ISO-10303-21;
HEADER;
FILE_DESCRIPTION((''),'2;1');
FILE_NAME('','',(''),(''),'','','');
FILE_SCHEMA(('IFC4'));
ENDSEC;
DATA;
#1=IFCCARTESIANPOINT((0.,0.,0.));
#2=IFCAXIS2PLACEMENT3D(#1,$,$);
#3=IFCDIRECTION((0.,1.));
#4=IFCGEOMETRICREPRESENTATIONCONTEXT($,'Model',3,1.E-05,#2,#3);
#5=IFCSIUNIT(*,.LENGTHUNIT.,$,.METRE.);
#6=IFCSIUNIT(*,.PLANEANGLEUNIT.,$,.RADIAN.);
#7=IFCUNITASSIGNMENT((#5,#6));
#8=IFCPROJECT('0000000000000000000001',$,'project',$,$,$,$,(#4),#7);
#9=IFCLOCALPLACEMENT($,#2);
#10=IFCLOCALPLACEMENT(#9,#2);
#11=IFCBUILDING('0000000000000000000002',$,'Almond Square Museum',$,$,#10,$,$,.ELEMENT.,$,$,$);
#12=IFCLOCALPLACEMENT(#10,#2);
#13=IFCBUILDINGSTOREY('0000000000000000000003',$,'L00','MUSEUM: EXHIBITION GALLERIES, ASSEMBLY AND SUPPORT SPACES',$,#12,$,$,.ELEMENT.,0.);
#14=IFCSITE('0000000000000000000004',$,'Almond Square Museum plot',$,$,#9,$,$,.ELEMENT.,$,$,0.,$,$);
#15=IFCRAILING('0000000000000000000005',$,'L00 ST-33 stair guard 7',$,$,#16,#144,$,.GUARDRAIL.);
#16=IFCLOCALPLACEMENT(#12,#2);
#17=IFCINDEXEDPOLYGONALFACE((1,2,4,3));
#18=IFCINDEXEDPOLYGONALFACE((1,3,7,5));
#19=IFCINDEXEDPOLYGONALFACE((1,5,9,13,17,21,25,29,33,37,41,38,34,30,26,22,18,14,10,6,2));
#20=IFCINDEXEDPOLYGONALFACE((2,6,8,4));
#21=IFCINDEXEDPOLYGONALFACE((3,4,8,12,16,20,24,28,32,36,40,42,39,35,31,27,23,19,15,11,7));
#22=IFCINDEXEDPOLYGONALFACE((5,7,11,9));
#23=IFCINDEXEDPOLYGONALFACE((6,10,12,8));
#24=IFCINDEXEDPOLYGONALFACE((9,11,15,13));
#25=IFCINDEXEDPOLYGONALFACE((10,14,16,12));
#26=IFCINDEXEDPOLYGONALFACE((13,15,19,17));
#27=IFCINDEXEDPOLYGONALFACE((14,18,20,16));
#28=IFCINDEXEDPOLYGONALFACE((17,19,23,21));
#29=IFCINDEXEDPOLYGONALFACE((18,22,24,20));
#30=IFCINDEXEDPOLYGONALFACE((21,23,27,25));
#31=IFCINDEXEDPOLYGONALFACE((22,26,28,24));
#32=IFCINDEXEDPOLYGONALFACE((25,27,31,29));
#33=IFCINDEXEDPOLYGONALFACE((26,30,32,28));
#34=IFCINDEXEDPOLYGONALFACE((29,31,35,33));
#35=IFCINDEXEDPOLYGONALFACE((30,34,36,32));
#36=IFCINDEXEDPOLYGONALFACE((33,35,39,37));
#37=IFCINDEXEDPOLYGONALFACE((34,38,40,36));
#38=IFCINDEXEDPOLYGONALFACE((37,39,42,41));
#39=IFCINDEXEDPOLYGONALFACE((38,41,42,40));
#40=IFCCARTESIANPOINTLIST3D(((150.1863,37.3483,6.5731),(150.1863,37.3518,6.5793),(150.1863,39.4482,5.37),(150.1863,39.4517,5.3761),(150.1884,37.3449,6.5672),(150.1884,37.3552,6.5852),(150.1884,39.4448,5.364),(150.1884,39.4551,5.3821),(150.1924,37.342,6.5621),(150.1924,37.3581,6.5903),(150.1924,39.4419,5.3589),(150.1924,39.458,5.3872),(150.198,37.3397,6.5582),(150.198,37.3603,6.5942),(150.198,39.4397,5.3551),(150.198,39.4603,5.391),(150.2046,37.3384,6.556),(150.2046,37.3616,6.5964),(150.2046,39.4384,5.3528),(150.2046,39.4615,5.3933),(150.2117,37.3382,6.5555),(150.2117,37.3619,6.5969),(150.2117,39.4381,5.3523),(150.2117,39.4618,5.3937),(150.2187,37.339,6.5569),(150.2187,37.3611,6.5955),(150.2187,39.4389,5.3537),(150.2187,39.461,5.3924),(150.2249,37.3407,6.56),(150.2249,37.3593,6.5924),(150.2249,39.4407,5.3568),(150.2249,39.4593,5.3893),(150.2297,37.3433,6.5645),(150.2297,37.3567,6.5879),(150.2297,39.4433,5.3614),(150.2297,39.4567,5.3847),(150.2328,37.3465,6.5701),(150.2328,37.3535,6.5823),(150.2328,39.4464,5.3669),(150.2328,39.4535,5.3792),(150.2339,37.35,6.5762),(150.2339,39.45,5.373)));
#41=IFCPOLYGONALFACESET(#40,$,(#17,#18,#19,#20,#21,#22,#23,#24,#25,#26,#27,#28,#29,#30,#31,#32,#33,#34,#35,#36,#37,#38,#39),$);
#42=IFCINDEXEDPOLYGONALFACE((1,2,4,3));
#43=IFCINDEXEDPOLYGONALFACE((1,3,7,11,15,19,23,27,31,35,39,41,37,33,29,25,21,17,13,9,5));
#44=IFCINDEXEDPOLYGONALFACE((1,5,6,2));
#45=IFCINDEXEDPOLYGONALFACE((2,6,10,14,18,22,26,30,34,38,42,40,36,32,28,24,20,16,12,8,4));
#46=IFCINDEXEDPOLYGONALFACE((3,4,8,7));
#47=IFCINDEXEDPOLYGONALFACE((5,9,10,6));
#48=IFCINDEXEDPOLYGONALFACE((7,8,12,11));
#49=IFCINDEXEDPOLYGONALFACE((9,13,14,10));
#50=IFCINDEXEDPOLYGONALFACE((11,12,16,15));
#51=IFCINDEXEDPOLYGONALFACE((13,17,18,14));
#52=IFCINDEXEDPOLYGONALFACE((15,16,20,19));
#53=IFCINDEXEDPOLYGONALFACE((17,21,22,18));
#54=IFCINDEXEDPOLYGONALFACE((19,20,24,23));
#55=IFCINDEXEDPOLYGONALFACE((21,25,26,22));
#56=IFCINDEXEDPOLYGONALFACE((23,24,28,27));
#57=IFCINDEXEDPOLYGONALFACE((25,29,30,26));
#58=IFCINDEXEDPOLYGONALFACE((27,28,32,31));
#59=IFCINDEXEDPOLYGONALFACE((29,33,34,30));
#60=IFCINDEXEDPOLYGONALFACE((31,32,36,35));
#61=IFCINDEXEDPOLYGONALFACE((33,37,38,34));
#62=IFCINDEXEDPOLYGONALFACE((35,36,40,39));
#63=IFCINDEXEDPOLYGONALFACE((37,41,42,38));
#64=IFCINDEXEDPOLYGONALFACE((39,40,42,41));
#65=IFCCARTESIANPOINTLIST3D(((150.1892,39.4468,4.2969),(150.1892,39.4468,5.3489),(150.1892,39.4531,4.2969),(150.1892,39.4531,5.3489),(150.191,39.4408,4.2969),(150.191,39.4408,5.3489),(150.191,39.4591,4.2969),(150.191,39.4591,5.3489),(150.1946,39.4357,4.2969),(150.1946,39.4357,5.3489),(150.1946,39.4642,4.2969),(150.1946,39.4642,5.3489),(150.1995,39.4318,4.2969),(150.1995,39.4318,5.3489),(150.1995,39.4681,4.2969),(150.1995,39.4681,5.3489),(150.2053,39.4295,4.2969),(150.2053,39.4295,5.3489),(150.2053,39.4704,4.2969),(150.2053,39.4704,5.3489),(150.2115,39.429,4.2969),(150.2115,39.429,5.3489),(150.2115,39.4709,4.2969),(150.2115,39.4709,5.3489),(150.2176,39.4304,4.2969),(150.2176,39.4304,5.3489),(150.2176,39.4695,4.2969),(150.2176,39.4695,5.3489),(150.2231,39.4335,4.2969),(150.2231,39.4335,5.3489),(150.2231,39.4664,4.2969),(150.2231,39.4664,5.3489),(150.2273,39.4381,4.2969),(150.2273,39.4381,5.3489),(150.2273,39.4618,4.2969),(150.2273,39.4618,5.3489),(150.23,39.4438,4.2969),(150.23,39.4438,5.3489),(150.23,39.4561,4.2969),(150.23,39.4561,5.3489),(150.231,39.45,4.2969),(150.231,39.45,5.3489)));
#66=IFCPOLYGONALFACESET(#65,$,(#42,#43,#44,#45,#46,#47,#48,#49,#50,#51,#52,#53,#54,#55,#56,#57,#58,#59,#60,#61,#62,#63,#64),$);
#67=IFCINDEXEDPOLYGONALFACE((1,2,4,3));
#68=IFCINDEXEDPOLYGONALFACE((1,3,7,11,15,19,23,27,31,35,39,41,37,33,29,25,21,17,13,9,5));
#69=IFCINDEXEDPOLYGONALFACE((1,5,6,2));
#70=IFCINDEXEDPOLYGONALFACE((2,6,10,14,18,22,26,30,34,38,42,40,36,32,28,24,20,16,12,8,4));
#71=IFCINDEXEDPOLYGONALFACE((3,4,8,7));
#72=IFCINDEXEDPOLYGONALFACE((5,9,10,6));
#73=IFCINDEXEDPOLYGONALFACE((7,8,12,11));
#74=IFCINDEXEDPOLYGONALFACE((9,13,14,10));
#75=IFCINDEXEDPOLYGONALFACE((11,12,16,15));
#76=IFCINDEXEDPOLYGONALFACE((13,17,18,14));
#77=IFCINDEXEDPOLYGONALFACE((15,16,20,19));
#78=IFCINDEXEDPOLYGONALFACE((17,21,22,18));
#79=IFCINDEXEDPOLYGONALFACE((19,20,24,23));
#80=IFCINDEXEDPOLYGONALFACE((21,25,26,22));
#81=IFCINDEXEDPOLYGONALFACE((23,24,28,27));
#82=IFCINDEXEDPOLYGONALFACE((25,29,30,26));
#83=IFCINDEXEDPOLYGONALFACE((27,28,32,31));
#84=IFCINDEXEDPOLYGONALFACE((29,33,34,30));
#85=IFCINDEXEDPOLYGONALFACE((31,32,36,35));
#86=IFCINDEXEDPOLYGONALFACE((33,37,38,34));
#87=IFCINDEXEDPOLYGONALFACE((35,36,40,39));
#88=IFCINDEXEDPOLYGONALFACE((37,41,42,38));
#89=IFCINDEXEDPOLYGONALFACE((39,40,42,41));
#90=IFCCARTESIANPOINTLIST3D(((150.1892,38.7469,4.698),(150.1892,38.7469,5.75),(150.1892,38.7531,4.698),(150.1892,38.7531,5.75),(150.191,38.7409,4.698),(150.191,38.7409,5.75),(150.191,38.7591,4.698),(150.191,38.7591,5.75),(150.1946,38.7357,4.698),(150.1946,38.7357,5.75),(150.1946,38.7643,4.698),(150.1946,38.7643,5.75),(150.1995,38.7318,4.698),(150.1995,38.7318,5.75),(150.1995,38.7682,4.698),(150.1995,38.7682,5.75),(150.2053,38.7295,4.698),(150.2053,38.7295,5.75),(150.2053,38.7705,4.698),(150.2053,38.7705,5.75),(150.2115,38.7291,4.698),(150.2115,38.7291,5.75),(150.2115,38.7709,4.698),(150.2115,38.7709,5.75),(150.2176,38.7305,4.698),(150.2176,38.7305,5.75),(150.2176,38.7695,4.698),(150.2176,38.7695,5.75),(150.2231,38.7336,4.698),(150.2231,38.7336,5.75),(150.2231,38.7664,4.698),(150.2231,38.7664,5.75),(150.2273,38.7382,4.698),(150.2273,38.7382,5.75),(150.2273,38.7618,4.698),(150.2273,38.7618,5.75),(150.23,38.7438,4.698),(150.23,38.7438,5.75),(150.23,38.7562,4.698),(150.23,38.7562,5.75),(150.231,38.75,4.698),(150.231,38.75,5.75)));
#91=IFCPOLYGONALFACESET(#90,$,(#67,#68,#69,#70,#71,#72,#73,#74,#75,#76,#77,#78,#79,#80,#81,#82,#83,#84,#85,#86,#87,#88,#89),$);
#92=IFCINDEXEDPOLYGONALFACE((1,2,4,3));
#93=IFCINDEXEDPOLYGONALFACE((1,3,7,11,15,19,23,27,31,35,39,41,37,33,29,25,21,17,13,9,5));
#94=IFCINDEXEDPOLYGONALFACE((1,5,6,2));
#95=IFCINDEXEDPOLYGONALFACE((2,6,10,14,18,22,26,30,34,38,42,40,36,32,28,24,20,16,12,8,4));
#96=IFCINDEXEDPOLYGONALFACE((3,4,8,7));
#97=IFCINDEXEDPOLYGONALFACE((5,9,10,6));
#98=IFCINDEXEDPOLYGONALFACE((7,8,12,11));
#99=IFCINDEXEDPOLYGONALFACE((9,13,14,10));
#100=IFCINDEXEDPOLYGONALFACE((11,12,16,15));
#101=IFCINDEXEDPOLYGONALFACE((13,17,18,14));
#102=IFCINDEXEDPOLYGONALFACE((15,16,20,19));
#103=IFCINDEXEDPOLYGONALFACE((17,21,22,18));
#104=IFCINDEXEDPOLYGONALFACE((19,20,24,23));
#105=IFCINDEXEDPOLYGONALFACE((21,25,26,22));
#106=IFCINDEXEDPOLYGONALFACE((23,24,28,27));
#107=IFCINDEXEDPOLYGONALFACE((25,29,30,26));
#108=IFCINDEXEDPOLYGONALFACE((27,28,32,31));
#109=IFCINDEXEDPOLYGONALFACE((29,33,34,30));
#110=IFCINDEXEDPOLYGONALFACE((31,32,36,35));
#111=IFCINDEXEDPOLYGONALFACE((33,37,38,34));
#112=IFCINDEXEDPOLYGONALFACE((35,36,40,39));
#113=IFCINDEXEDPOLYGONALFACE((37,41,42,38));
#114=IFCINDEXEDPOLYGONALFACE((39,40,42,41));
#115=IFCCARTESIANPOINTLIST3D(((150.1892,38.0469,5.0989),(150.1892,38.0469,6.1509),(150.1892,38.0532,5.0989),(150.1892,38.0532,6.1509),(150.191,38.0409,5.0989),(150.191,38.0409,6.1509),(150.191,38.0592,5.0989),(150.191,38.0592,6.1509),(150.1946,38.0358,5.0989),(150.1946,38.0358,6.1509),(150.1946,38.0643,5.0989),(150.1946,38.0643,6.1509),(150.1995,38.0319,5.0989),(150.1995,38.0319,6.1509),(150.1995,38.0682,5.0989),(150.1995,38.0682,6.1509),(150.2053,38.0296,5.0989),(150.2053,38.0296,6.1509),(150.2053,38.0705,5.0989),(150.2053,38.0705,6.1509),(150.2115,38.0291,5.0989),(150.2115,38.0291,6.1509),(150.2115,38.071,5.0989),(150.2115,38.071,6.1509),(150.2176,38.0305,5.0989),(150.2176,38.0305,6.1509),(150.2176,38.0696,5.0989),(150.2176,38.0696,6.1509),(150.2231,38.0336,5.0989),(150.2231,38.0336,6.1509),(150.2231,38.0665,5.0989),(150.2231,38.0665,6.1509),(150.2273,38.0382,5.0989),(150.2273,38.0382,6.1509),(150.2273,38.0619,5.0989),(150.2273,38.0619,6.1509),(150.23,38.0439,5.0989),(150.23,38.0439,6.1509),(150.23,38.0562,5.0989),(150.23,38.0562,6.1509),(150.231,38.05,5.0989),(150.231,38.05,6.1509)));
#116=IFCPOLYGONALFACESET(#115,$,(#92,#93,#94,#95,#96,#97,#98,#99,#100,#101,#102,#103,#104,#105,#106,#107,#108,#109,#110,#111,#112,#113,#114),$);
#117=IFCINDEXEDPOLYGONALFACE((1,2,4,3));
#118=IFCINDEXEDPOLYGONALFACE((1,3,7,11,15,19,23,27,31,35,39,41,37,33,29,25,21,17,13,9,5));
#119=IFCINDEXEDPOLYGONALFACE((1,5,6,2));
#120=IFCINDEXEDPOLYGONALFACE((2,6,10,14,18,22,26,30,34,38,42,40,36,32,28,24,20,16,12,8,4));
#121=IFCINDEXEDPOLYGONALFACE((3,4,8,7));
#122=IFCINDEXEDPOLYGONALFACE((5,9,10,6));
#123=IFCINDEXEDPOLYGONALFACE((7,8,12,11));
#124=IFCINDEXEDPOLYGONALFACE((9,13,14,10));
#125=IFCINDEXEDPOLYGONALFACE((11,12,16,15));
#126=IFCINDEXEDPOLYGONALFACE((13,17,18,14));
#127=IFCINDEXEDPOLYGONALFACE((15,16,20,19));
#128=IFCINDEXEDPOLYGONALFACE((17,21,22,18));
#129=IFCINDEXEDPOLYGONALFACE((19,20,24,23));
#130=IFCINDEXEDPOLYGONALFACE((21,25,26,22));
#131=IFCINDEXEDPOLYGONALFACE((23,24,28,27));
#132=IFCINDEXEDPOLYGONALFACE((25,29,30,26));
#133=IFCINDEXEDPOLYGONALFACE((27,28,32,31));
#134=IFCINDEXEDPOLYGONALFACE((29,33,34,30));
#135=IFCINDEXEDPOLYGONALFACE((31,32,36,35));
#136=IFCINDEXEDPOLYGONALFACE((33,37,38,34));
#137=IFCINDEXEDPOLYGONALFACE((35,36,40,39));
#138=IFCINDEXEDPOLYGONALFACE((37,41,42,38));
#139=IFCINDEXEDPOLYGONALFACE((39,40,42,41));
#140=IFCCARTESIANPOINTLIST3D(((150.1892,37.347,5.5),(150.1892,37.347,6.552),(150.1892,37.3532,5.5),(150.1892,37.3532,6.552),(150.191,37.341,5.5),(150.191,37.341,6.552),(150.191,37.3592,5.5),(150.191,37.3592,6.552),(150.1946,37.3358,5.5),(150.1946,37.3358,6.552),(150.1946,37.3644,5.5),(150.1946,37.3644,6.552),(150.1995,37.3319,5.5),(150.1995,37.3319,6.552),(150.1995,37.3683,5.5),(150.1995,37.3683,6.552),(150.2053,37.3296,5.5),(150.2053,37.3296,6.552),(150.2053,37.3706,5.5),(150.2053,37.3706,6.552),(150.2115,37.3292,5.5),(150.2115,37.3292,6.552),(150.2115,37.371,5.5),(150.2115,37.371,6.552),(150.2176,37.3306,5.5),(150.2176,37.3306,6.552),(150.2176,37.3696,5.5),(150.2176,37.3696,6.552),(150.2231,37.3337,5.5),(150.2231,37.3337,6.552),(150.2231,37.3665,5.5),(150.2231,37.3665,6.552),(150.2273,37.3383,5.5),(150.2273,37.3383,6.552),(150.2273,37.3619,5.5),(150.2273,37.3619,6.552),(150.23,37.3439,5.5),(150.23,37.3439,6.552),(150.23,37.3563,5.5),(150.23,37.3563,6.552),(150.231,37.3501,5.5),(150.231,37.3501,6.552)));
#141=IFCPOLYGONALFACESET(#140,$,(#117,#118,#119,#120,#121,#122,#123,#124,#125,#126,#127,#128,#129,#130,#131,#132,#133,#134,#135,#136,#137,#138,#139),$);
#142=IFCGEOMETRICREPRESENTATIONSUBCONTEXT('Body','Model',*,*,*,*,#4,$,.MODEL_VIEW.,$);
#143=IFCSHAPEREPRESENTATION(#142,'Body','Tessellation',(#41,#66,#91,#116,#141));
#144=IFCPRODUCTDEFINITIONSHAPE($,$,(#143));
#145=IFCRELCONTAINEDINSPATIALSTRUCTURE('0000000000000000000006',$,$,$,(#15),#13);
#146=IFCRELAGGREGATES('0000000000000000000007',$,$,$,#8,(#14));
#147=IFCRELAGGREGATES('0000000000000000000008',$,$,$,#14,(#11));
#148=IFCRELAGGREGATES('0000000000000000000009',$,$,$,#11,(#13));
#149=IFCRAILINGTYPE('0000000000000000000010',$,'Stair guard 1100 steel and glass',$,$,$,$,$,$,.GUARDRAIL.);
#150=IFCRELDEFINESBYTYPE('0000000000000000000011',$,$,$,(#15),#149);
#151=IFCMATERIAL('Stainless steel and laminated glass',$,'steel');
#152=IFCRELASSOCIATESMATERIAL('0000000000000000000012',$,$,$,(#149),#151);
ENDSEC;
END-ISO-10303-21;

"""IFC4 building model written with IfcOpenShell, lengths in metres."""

from ifc_helpers import new_model, si_unit, direction, frame, origin, origin_2d, place, context, subcontext, project, spatial, circle, extrude, material, type_object, element, save


model = new_model("IFC4")

# Units and contexts
model_context = context("Model", 3, precision=1e-05, world=origin(), true_north=direction((0.0, 1.0)))
body_context = subcontext(model_context, "Body", "Model", "MODEL_VIEW")
ifc_project = project(units=[si_unit("LENGTHUNIT", "METRE"), si_unit("PLANEANGLEUNIT", "RADIAN")], contexts=[model_context])

# Site, building, storey
site_placement = place(None, origin())
site = spatial("IfcSite", under=ifc_project, at=site_placement, Name="Almond Square Museum plot", CompositionType="ELEMENT", RefElevation=0.0)
building_placement = place(site_placement, origin())
building = spatial("IfcBuilding", under=site, at=building_placement, Name="Almond Square Museum", CompositionType="ELEMENT")
storey_placement = place(building_placement, origin())
storey = spatial("IfcBuildingStorey", under=building, at=storey_placement, Name="L00", Description="MUSEUM: EXHIBITION GALLERIES, ASSEMBLY AND SUPPORT SPACES", CompositionType="ELEMENT", Elevation=0.0)

# Railing
ifc_material_1 = material(Name="Stainless steel and laminated glass", Category="steel")
railing_type_1 = type_object("IfcRailingType", Name="Stair guard 1100 steel and glass", PredefinedType="GUARDRAIL", material=ifc_material_1)
railing_1_placement = place(storey_placement, frame((150.21, 39.45, 4.2969)))
element("IfcRailing", 1, at=railing_1_placement, inside=storey, type_object=railing_type_1, Name="L00 ST-33 stair guard 7", PredefinedType="GUARDRAIL", context=body_context, shape_type="SweptSolid", body=[
    extrude(circle(Radius=0.0239, at=origin_2d()), frame((0.0, 0.0, 1.0762), z_axis=(0.0, -0.867671, 0.497138), x_axis=(1.0, 0.0, 0.0)), (0.0, 0.0, 1.0), 2.4202),
    extrude(circle(Radius=0.021, at=origin_2d()), origin(), (0.0, 0.0, 1.0), 1.052),
    extrude(circle(Radius=0.021, at=origin_2d()), frame((0.0, -0.7, 0.4011)), (0.0, 0.0, 1.0), 1.052),
    extrude(circle(Radius=0.021, at=origin_2d()), frame((0.0, -1.3999, 0.802)), (0.0, 0.0, 1.0), 1.052),
    extrude(circle(Radius=0.021, at=origin_2d()), frame((0.0, -2.0999, 1.2031)), (0.0, 0.0, 1.0), 1.052),
])

save(model, "model.ifc")
